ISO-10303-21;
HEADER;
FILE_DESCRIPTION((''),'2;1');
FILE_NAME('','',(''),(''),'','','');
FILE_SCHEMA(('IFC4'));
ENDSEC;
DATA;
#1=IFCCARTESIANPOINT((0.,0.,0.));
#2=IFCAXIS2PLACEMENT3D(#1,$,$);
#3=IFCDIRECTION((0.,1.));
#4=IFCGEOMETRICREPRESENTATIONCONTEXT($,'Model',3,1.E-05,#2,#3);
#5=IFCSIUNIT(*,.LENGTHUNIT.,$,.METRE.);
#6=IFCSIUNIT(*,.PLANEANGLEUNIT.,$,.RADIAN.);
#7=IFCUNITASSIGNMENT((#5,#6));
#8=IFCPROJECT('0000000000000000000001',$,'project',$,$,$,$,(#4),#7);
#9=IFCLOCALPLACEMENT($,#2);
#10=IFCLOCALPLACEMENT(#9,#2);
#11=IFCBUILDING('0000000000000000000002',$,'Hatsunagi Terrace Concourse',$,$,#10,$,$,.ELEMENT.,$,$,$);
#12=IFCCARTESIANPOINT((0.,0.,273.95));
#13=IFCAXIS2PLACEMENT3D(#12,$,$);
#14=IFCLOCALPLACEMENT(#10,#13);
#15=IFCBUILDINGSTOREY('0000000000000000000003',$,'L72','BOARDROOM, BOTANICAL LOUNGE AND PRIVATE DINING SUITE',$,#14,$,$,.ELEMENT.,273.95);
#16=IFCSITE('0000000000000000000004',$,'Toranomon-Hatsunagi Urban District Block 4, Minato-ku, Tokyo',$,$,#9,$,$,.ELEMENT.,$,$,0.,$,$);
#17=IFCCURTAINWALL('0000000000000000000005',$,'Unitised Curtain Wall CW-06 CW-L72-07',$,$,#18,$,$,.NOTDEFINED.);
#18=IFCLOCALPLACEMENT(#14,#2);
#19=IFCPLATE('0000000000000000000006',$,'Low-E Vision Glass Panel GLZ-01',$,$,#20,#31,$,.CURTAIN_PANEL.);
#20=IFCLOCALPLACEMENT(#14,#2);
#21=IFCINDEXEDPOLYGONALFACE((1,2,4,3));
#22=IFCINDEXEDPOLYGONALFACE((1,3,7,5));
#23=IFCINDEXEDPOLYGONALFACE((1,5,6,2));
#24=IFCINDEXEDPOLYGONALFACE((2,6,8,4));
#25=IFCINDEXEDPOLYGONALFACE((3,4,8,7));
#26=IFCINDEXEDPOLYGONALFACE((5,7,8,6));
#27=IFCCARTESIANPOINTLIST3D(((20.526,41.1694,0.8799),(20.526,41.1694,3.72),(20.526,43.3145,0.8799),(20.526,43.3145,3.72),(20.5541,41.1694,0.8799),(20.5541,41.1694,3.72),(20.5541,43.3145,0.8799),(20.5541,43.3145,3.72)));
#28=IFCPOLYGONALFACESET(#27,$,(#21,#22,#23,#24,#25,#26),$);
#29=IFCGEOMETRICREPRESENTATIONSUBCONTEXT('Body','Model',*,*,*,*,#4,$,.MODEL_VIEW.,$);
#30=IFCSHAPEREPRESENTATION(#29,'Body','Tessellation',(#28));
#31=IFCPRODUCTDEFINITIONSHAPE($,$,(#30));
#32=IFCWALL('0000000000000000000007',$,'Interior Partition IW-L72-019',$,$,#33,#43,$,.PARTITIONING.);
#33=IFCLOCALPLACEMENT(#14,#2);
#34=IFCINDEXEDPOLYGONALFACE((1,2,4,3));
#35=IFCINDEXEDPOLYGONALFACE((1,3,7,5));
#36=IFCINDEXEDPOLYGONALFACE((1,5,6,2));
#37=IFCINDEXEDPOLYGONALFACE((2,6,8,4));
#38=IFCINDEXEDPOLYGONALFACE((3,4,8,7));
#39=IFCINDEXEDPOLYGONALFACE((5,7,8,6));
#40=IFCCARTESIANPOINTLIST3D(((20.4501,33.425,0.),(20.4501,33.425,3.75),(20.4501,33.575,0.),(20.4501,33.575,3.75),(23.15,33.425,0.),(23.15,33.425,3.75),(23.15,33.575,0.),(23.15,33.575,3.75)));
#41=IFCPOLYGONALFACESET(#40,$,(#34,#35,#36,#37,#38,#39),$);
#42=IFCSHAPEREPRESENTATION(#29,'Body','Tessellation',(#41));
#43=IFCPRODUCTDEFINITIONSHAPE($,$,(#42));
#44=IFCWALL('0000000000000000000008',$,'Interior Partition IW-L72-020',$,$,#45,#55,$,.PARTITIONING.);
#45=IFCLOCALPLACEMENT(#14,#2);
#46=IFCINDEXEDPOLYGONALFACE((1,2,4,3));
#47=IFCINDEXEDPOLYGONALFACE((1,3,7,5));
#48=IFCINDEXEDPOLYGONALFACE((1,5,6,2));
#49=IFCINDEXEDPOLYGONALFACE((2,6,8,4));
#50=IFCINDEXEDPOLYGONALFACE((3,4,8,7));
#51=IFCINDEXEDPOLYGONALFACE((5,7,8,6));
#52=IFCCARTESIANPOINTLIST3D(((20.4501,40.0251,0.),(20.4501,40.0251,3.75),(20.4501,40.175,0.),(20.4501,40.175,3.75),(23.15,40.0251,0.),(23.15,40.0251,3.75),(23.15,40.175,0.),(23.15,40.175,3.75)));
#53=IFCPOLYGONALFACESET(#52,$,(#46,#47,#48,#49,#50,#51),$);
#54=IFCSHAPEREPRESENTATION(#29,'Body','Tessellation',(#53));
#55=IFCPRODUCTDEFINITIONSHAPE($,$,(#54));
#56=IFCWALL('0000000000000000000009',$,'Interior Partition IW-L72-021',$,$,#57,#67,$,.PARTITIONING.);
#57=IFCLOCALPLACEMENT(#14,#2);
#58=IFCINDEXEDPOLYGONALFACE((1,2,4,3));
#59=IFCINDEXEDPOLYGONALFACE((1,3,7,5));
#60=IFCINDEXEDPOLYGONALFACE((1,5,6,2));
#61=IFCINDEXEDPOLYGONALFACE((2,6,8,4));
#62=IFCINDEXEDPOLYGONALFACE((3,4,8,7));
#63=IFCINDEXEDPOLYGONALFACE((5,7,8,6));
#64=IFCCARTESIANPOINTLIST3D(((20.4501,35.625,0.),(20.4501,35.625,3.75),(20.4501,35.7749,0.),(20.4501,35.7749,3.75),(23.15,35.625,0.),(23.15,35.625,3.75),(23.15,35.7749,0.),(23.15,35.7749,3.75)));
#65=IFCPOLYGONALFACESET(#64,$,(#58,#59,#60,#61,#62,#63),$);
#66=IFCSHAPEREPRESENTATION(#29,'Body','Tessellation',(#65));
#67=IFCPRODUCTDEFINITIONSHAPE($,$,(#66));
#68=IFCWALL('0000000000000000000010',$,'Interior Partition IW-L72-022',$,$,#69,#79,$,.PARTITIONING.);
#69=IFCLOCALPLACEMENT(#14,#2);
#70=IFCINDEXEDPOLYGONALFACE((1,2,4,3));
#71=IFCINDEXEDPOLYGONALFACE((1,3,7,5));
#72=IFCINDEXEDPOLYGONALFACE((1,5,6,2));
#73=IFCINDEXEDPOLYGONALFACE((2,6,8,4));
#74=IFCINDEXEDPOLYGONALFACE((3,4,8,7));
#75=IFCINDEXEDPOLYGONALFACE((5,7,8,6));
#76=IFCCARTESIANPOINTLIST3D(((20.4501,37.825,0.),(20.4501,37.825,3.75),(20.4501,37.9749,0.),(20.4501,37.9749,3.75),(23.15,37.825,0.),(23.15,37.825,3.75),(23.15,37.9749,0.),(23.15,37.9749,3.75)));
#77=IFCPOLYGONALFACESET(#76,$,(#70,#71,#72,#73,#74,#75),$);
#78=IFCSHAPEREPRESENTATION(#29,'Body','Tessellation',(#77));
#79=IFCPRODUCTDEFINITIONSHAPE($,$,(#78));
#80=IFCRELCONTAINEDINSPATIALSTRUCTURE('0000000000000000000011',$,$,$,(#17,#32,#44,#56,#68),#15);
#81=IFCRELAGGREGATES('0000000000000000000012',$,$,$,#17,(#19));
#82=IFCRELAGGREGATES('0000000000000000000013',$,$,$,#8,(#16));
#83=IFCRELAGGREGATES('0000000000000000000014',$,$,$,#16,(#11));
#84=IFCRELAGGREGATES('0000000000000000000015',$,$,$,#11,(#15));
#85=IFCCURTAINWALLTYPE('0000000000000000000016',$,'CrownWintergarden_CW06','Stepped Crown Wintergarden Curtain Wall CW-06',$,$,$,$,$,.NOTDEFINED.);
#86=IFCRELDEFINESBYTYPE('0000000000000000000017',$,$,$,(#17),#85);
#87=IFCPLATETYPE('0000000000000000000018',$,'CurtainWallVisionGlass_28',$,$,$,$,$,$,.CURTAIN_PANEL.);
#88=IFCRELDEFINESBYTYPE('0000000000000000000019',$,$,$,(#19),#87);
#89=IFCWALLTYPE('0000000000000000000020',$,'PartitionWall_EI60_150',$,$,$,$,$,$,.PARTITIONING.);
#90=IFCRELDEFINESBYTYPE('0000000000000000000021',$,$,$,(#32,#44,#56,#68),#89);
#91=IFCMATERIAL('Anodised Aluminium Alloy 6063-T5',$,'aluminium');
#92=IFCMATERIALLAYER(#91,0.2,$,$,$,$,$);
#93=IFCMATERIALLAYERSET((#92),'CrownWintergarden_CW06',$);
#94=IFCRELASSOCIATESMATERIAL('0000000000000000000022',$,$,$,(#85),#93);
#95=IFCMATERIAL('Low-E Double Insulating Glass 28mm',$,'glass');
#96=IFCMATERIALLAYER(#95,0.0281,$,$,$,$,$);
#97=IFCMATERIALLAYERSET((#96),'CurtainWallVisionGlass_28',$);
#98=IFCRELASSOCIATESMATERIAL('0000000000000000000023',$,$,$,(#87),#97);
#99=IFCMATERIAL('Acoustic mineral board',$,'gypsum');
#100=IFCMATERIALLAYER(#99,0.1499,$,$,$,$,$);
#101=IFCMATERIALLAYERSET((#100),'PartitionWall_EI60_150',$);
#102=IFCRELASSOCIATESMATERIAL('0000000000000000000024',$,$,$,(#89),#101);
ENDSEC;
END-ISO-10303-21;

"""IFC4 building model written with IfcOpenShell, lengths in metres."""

from ifc_helpers import new_model, si_unit, direction, frame, frame_2d, origin, origin_2d, place, context, subcontext, project, spatial, rectangle, extrude, material, layer, layer_set, type_object, element, aggregate, save


model = new_model("IFC4")

# Units and contexts
model_context = context("Model", 3, precision=1e-05, world=origin(), true_north=direction((0.0, 1.0)))
body_context = subcontext(model_context, "Body", "Model", "MODEL_VIEW")
ifc_project = project(units=[si_unit("LENGTHUNIT", "METRE"), si_unit("PLANEANGLEUNIT", "RADIAN")], contexts=[model_context])

# Site, building, storey
site_placement = place(None, origin())
site = spatial("IfcSite", under=ifc_project, at=site_placement, Name="Toranomon-Hatsunagi Urban District Block 4, Minato-ku, Tokyo", CompositionType="ELEMENT", RefElevation=0.0)
building_placement = place(site_placement, origin())
building = spatial("IfcBuilding", under=site, at=building_placement, Name="Hatsunagi Terrace Concourse", CompositionType="ELEMENT")
storey_placement = place(building_placement, frame((0.0, 0.0, 273.95)))
storey = spatial("IfcBuildingStorey", under=building, at=storey_placement, Name="L72", Description="BOARDROOM, BOTANICAL LOUNGE AND PRIVATE DINING SUITE", CompositionType="ELEMENT", Elevation=273.95)

# Curtain wall, plate
ifc_material_1 = material(Name="Anodised Aluminium Alloy 6063-T5", Category="aluminium")
ifc_layer_1 = layer(ifc_material_1, 0.2)
ifc_layer_set_1 = layer_set([ifc_layer_1], Name="CrownWintergarden_CW06")
curtain_wall_type = type_object("IfcCurtainWallType", Name="CrownWintergarden_CW06", Description="Stepped Crown Wintergarden Curtain Wall CW-06", PredefinedType="NOTDEFINED", material=ifc_layer_set_1)
curtain_wall_placement = place(storey_placement, origin())
curtain_wall = element("IfcCurtainWall", 1, at=curtain_wall_placement, inside=storey, type_object=curtain_wall_type, Name="Unitised Curtain Wall CW-06 CW-L72-07", PredefinedType="NOTDEFINED")
ifc_material_2 = material(Name="Low-E Double Insulating Glass 28mm", Category="glass")
ifc_layer_2 = layer(ifc_material_2, 0.0281)
ifc_layer_set_2 = layer_set([ifc_layer_2], Name="CurtainWallVisionGlass_28")
plate_type_1 = type_object("IfcPlateType", Name="CurtainWallVisionGlass_28", PredefinedType="CURTAIN_PANEL", material=ifc_layer_set_2)
plate_1_placement = place(storey_placement, frame((20.54, 42.2419, 0.8799), z_axis=(0.0, 0.0, 1.0), x_axis=(0.0, 1.0, 0.0)))
plate_1 = element("IfcPlate", 2, at=plate_1_placement, type_object=plate_type_1, Name="Low-E Vision Glass Panel GLZ-01", PredefinedType="CURTAIN_PANEL", context=body_context, shape_type="SweptSolid", body=[
    extrude(rectangle(XDim=2.145, YDim=0.0281, at=origin_2d()), origin(), (0.0, 0.0, 1.0), 2.8401),
])
aggregate(curtain_wall, [plate_1])

# Walls
ifc_material_3 = material(Name="Acoustic mineral board", Category="gypsum")
ifc_layer_3 = layer(ifc_material_3, 0.1499)
ifc_layer_set_3 = layer_set([ifc_layer_3], Name="PartitionWall_EI60_150")
wall_type = type_object("IfcWallType", Name="PartitionWall_EI60_150", PredefinedType="PARTITIONING", material=ifc_layer_set_3)
for number, where, z_axis, x_axis, name in (
    (3, (20.45, 33.5, 0.0), (0.0, 0.0, 1.0), (1.0, 0.0, 0.0), "Interior Partition IW-L72-019"),
    (4, (20.45, 40.1001, 0.0), (0.0, 0.0, 1.0), (1.0, 0.0, 0.0), "Interior Partition IW-L72-020"),
    (5, (20.45, 35.7, 0.0), (0.0, 0.0, 1.0), (1.0, 0.0, 0.0), "Interior Partition IW-L72-021"),
    (6, (20.45, 37.8999, 0.0), (0.0, 0.0, 1.0), (1.0, 0.0, 0.0), "Interior Partition IW-L72-022"),
):
    element("IfcWall", number, at=place(storey_placement, frame(where, z_axis=z_axis, x_axis=x_axis)), inside=storey, type_object=wall_type, Name=name, PredefinedType="PARTITIONING", context=body_context, shape_type="SweptSolid", body=[
        extrude(rectangle(XDim=2.7, YDim=0.1499, at=frame_2d((1.3501, 0.0))), origin(), (0.0, 0.0, 1.0), 3.75),
    ])

save(model, "model.ifc")
